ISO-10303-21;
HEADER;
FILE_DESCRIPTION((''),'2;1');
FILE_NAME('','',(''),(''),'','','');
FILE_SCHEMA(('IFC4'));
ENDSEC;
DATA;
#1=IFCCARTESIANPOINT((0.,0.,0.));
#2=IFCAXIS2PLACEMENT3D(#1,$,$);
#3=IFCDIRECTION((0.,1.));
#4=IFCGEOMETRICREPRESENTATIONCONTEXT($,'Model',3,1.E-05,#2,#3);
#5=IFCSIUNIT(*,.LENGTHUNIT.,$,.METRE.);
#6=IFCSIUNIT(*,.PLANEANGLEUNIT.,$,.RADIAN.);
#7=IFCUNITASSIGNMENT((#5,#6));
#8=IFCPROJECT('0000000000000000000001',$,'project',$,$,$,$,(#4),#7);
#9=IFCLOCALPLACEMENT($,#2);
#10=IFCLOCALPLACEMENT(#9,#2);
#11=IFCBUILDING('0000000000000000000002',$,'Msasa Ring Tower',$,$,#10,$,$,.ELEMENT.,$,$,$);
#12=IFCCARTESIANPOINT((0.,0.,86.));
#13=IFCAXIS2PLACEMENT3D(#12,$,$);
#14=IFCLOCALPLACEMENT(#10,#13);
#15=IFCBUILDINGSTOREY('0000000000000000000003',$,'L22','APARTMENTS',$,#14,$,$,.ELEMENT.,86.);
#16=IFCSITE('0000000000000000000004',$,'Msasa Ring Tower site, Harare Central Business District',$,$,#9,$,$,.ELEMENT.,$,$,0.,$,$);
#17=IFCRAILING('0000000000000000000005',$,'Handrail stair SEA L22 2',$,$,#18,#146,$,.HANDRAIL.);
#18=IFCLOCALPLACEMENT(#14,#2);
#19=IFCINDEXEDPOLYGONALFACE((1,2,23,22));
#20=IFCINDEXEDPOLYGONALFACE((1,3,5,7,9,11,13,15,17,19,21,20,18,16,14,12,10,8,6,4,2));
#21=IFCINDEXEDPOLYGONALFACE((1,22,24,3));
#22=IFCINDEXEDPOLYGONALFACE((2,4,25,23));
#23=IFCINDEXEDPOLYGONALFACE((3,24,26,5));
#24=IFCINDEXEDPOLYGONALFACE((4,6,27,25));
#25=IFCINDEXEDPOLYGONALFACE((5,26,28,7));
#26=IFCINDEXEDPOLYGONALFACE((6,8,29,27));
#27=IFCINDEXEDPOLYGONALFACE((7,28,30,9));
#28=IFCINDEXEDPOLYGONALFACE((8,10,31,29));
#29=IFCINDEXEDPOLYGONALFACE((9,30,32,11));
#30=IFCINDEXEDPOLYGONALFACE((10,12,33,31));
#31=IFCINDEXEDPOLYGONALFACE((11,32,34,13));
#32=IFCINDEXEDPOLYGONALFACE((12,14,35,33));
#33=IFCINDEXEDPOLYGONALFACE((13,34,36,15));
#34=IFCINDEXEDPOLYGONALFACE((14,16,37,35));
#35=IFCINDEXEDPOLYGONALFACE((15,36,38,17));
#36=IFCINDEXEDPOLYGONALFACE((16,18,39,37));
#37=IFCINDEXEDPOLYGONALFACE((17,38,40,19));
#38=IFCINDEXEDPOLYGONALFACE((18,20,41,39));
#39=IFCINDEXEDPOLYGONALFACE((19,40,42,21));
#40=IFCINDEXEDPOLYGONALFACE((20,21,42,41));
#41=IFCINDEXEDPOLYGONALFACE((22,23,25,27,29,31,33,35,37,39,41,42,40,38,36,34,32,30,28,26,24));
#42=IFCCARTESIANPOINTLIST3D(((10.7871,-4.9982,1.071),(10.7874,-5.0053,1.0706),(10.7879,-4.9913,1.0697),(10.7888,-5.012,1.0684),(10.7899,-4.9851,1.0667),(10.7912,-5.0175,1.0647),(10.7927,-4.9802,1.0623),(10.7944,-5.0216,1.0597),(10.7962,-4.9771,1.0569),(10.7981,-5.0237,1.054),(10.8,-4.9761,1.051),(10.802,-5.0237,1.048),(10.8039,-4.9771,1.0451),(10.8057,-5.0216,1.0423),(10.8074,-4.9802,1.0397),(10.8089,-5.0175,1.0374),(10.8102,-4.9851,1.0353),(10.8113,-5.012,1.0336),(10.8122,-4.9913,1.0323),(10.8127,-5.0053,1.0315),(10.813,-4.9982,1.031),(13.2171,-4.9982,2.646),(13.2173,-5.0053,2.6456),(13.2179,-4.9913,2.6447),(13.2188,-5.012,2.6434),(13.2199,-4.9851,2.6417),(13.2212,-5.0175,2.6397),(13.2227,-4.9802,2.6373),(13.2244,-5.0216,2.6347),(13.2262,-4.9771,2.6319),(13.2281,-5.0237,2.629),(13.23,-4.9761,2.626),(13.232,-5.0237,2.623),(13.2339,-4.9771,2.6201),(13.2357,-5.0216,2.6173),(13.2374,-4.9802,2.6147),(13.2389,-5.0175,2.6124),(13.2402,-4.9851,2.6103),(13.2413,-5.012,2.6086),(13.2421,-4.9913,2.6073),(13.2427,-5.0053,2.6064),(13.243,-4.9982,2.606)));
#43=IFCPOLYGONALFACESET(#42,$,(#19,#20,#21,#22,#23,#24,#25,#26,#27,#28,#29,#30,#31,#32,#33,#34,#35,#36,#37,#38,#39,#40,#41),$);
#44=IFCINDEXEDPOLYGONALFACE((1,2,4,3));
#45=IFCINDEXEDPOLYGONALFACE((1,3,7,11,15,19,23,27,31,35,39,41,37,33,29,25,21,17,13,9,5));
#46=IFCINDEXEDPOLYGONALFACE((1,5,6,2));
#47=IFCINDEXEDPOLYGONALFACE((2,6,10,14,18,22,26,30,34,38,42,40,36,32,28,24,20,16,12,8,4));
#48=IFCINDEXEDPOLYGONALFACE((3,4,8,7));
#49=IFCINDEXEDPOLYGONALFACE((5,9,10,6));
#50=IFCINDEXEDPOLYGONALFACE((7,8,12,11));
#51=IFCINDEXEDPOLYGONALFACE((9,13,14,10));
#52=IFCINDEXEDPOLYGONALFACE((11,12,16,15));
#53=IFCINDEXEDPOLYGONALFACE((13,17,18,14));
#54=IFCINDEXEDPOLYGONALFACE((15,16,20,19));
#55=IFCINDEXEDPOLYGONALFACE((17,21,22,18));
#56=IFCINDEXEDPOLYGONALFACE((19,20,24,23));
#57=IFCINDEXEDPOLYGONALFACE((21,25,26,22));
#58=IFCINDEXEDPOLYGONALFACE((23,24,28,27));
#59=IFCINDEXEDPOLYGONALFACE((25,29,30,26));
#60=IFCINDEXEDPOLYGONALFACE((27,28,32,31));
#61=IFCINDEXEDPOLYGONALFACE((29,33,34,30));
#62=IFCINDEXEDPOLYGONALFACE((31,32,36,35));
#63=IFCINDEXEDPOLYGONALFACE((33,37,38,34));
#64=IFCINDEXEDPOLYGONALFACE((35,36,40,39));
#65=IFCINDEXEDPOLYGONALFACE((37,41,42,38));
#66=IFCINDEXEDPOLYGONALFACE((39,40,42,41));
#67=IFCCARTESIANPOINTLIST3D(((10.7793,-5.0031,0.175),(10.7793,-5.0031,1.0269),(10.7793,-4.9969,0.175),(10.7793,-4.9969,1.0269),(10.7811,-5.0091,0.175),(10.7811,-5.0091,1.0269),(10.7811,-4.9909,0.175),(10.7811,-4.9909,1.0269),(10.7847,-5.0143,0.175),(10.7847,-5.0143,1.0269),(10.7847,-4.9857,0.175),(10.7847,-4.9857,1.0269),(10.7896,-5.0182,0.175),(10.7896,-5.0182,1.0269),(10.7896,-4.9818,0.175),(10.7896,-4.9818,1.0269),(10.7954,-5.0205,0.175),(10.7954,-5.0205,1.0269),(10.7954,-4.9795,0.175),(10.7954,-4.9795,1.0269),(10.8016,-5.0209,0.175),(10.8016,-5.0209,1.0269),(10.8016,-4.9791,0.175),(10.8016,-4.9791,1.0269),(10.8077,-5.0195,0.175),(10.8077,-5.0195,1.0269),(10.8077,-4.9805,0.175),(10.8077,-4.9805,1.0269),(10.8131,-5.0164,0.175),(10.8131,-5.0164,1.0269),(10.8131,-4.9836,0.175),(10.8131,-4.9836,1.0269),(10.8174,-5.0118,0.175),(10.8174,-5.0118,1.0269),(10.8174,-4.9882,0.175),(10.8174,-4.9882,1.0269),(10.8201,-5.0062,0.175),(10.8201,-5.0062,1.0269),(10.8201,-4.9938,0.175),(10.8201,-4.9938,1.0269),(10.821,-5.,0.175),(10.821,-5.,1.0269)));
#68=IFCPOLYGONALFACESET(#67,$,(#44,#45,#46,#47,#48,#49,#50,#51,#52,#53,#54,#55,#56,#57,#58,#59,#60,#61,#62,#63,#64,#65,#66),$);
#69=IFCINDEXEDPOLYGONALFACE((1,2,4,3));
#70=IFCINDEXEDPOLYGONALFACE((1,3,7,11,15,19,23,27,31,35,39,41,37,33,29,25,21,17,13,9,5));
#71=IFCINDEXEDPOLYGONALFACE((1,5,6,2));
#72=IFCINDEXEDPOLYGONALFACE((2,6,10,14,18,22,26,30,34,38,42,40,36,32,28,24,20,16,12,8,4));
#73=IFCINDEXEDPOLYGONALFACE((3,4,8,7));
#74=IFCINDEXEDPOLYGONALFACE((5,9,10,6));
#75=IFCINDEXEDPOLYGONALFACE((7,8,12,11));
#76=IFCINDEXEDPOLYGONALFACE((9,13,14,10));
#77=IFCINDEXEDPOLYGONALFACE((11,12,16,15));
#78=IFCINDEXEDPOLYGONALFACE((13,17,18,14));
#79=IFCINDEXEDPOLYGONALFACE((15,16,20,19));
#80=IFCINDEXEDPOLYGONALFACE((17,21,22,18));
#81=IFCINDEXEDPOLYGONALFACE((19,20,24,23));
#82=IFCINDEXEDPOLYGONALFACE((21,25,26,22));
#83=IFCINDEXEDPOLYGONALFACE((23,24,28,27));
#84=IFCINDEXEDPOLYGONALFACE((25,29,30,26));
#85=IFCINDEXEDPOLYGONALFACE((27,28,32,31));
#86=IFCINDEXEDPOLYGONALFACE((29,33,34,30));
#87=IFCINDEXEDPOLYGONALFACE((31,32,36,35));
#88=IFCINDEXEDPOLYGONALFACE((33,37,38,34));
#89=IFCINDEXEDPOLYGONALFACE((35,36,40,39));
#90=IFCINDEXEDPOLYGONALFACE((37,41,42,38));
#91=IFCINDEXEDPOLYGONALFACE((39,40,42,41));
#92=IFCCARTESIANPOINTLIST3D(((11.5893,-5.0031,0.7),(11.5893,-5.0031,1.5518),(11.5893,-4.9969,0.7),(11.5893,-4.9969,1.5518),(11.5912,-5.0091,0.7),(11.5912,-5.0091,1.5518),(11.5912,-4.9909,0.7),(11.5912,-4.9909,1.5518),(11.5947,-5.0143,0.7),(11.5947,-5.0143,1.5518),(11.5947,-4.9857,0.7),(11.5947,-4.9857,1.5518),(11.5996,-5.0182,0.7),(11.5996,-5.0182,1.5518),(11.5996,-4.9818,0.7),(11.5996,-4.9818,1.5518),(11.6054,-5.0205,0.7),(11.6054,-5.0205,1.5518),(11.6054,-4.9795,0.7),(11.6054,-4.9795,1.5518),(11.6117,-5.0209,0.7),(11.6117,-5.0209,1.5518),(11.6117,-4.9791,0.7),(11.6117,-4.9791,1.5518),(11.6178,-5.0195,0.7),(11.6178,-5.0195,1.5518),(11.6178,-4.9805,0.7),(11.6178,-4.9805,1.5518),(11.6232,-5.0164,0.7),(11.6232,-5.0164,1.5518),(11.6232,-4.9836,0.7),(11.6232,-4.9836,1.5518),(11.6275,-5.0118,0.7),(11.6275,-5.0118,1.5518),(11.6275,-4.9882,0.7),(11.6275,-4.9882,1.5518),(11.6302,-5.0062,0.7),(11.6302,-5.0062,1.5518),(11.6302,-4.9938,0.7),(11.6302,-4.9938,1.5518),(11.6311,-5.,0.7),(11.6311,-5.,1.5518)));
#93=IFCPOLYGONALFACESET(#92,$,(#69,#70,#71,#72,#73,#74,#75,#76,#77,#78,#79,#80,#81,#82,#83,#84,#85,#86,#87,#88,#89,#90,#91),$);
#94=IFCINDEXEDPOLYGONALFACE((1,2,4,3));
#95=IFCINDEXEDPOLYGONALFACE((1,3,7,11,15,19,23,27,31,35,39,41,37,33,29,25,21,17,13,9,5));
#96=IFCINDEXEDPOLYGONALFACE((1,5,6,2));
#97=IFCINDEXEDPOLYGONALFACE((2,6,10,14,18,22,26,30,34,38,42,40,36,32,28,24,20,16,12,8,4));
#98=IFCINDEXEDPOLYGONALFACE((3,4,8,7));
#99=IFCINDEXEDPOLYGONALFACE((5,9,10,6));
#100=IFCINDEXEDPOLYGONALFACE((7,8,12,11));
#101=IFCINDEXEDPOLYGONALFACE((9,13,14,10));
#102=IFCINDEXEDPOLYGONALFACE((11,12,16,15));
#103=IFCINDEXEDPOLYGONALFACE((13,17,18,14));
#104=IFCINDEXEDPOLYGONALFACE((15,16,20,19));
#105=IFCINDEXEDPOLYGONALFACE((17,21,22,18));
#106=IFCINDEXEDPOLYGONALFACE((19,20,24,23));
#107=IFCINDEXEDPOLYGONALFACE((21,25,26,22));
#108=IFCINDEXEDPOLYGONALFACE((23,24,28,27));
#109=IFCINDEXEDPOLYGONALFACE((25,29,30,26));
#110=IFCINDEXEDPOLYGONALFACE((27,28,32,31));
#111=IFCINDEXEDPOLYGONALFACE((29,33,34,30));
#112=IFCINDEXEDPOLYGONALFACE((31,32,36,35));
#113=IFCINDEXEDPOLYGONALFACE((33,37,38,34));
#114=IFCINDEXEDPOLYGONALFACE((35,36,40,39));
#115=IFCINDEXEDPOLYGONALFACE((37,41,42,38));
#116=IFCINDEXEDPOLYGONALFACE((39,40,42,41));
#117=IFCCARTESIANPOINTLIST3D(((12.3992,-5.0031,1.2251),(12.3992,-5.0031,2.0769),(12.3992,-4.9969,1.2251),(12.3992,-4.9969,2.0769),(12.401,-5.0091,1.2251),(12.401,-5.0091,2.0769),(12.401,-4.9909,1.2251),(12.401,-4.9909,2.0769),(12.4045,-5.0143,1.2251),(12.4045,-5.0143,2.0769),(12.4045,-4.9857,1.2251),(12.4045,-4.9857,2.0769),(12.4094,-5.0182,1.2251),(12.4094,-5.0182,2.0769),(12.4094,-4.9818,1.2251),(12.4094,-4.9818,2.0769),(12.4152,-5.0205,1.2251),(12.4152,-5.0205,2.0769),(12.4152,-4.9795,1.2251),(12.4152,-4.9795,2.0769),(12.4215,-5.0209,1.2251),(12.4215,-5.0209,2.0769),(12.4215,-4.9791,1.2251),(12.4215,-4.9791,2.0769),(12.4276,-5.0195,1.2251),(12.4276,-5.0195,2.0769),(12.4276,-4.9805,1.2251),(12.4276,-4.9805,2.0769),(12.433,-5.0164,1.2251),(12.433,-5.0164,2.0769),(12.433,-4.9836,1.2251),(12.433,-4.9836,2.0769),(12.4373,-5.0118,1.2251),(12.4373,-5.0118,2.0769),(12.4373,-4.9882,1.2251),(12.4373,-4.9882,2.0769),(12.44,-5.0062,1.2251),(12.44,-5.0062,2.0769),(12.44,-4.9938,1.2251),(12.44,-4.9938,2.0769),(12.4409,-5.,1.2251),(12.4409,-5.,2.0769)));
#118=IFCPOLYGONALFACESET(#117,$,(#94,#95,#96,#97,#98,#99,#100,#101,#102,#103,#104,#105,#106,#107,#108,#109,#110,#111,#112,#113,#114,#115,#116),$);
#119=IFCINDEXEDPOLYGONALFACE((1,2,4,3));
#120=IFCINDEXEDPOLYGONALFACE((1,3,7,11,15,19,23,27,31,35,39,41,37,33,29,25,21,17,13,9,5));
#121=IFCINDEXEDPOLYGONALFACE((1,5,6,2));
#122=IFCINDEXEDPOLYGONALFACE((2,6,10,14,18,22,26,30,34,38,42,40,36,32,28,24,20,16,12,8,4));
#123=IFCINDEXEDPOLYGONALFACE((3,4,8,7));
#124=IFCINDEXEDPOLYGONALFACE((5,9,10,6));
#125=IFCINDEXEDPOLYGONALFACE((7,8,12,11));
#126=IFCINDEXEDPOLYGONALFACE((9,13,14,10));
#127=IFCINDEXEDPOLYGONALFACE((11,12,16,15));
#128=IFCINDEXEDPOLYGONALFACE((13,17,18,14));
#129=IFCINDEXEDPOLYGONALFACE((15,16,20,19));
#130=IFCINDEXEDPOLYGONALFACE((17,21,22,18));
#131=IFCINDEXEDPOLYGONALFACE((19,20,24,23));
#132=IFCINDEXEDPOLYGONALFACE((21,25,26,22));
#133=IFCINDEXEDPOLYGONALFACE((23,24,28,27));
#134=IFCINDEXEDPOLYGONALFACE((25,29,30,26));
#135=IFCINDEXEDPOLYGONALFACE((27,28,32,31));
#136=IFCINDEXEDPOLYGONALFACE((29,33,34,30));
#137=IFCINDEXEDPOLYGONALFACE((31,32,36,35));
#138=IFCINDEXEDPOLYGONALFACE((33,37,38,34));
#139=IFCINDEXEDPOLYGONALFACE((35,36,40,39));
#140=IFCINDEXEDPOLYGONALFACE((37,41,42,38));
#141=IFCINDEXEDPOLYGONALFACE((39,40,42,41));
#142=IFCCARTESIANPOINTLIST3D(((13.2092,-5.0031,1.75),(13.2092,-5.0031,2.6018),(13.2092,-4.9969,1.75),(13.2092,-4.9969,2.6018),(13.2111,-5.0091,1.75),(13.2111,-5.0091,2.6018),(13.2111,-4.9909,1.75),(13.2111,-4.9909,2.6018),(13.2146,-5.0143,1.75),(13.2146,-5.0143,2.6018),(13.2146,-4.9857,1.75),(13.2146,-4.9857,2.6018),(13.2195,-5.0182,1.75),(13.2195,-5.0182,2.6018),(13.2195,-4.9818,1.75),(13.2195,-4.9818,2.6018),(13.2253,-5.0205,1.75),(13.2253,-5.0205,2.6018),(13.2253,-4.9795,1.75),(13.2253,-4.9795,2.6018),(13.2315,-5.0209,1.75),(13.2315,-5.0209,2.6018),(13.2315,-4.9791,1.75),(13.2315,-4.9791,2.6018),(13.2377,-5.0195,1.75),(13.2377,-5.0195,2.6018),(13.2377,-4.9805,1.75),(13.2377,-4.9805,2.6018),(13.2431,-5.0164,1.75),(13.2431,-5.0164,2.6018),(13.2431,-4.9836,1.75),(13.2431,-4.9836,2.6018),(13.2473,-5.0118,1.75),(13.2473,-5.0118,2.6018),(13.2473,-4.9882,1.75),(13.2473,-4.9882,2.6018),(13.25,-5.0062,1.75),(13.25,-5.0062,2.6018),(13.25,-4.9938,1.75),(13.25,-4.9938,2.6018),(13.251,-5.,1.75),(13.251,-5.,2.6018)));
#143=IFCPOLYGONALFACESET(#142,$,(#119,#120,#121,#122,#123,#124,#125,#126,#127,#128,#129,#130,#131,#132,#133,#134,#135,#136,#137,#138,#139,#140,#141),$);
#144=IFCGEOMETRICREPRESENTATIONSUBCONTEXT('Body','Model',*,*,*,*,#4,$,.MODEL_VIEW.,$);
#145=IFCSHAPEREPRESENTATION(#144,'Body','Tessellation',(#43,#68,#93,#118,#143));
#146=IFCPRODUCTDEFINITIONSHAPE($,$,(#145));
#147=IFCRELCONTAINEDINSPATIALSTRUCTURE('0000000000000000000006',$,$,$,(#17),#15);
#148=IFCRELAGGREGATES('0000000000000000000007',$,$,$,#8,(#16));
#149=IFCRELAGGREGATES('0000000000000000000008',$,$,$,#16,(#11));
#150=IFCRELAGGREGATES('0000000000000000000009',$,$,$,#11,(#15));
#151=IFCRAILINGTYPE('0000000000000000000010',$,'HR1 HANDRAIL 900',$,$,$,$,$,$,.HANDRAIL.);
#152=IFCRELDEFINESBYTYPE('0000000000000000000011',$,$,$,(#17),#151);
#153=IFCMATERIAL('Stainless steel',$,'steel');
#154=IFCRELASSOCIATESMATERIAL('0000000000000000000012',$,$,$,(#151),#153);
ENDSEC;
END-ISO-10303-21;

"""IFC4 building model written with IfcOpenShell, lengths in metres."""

from ifc_helpers import new_model, si_unit, direction, frame, origin, origin_2d, place, context, subcontext, project, spatial, circle, extrude, material, type_object, element, save


model = new_model("IFC4")

# Units and contexts
model_context = context("Model", 3, precision=1e-05, world=origin(), true_north=direction((0.0, 1.0)))
body_context = subcontext(model_context, "Body", "Model", "MODEL_VIEW")
ifc_project = project(units=[si_unit("LENGTHUNIT", "METRE"), si_unit("PLANEANGLEUNIT", "RADIAN")], contexts=[model_context])

# Site, building, storey
site_placement = place(None, origin())
site = spatial("IfcSite", under=ifc_project, at=site_placement, Name="Msasa Ring Tower site, Harare Central Business District", CompositionType="ELEMENT", RefElevation=0.0)
building_placement = place(site_placement, origin())
building = spatial("IfcBuilding", under=site, at=building_placement, Name="Msasa Ring Tower", CompositionType="ELEMENT")
storey_placement = place(building_placement, frame((0.0, 0.0, 86.0)))
storey = spatial("IfcBuildingStorey", under=building, at=storey_placement, Name="L22", Description="APARTMENTS", CompositionType="ELEMENT", Elevation=86.0)

# Railing
ifc_material_1 = material(Name="Stainless steel", Category="steel")
railing_type = type_object("IfcRailingType", Name="HR1 HANDRAIL 900", PredefinedType="HANDRAIL", material=ifc_material_1)
for number, where, name in (
    (1, (10.8, -5.0, 0.175), "Handrail stair SEA L22 2"),
):
    element("IfcRailing", number, at=place(storey_placement, frame(where)), inside=storey, type_object=railing_type, Name=name, PredefinedType="HANDRAIL", context=body_context, shape_type="SweptSolid", body=[
        extrude(circle(Radius=0.0239, at=origin_2d()), frame((0.0, 0.0, 0.876), z_axis=(0.839154, 0.0, 0.543894), x_axis=(0.0, 1.0, 0.0)), (0.0, 0.0, 1.0), 2.8958),
        extrude(circle(Radius=0.021, at=origin_2d()), origin(), (0.0, 0.0, 1.0), 0.8518),
        extrude(circle(Radius=0.021, at=origin_2d()), frame((0.8101, 0.0, 0.5249)), (0.0, 0.0, 1.0), 0.8518),
        extrude(circle(Radius=0.021, at=origin_2d()), frame((1.6199, 0.0, 1.05)), (0.0, 0.0, 1.0), 0.8518),
        extrude(circle(Radius=0.021, at=origin_2d()), frame((2.4299, 0.0, 1.575)), (0.0, 0.0, 1.0), 0.8518),
    ])

save(model, "model.ifc")
